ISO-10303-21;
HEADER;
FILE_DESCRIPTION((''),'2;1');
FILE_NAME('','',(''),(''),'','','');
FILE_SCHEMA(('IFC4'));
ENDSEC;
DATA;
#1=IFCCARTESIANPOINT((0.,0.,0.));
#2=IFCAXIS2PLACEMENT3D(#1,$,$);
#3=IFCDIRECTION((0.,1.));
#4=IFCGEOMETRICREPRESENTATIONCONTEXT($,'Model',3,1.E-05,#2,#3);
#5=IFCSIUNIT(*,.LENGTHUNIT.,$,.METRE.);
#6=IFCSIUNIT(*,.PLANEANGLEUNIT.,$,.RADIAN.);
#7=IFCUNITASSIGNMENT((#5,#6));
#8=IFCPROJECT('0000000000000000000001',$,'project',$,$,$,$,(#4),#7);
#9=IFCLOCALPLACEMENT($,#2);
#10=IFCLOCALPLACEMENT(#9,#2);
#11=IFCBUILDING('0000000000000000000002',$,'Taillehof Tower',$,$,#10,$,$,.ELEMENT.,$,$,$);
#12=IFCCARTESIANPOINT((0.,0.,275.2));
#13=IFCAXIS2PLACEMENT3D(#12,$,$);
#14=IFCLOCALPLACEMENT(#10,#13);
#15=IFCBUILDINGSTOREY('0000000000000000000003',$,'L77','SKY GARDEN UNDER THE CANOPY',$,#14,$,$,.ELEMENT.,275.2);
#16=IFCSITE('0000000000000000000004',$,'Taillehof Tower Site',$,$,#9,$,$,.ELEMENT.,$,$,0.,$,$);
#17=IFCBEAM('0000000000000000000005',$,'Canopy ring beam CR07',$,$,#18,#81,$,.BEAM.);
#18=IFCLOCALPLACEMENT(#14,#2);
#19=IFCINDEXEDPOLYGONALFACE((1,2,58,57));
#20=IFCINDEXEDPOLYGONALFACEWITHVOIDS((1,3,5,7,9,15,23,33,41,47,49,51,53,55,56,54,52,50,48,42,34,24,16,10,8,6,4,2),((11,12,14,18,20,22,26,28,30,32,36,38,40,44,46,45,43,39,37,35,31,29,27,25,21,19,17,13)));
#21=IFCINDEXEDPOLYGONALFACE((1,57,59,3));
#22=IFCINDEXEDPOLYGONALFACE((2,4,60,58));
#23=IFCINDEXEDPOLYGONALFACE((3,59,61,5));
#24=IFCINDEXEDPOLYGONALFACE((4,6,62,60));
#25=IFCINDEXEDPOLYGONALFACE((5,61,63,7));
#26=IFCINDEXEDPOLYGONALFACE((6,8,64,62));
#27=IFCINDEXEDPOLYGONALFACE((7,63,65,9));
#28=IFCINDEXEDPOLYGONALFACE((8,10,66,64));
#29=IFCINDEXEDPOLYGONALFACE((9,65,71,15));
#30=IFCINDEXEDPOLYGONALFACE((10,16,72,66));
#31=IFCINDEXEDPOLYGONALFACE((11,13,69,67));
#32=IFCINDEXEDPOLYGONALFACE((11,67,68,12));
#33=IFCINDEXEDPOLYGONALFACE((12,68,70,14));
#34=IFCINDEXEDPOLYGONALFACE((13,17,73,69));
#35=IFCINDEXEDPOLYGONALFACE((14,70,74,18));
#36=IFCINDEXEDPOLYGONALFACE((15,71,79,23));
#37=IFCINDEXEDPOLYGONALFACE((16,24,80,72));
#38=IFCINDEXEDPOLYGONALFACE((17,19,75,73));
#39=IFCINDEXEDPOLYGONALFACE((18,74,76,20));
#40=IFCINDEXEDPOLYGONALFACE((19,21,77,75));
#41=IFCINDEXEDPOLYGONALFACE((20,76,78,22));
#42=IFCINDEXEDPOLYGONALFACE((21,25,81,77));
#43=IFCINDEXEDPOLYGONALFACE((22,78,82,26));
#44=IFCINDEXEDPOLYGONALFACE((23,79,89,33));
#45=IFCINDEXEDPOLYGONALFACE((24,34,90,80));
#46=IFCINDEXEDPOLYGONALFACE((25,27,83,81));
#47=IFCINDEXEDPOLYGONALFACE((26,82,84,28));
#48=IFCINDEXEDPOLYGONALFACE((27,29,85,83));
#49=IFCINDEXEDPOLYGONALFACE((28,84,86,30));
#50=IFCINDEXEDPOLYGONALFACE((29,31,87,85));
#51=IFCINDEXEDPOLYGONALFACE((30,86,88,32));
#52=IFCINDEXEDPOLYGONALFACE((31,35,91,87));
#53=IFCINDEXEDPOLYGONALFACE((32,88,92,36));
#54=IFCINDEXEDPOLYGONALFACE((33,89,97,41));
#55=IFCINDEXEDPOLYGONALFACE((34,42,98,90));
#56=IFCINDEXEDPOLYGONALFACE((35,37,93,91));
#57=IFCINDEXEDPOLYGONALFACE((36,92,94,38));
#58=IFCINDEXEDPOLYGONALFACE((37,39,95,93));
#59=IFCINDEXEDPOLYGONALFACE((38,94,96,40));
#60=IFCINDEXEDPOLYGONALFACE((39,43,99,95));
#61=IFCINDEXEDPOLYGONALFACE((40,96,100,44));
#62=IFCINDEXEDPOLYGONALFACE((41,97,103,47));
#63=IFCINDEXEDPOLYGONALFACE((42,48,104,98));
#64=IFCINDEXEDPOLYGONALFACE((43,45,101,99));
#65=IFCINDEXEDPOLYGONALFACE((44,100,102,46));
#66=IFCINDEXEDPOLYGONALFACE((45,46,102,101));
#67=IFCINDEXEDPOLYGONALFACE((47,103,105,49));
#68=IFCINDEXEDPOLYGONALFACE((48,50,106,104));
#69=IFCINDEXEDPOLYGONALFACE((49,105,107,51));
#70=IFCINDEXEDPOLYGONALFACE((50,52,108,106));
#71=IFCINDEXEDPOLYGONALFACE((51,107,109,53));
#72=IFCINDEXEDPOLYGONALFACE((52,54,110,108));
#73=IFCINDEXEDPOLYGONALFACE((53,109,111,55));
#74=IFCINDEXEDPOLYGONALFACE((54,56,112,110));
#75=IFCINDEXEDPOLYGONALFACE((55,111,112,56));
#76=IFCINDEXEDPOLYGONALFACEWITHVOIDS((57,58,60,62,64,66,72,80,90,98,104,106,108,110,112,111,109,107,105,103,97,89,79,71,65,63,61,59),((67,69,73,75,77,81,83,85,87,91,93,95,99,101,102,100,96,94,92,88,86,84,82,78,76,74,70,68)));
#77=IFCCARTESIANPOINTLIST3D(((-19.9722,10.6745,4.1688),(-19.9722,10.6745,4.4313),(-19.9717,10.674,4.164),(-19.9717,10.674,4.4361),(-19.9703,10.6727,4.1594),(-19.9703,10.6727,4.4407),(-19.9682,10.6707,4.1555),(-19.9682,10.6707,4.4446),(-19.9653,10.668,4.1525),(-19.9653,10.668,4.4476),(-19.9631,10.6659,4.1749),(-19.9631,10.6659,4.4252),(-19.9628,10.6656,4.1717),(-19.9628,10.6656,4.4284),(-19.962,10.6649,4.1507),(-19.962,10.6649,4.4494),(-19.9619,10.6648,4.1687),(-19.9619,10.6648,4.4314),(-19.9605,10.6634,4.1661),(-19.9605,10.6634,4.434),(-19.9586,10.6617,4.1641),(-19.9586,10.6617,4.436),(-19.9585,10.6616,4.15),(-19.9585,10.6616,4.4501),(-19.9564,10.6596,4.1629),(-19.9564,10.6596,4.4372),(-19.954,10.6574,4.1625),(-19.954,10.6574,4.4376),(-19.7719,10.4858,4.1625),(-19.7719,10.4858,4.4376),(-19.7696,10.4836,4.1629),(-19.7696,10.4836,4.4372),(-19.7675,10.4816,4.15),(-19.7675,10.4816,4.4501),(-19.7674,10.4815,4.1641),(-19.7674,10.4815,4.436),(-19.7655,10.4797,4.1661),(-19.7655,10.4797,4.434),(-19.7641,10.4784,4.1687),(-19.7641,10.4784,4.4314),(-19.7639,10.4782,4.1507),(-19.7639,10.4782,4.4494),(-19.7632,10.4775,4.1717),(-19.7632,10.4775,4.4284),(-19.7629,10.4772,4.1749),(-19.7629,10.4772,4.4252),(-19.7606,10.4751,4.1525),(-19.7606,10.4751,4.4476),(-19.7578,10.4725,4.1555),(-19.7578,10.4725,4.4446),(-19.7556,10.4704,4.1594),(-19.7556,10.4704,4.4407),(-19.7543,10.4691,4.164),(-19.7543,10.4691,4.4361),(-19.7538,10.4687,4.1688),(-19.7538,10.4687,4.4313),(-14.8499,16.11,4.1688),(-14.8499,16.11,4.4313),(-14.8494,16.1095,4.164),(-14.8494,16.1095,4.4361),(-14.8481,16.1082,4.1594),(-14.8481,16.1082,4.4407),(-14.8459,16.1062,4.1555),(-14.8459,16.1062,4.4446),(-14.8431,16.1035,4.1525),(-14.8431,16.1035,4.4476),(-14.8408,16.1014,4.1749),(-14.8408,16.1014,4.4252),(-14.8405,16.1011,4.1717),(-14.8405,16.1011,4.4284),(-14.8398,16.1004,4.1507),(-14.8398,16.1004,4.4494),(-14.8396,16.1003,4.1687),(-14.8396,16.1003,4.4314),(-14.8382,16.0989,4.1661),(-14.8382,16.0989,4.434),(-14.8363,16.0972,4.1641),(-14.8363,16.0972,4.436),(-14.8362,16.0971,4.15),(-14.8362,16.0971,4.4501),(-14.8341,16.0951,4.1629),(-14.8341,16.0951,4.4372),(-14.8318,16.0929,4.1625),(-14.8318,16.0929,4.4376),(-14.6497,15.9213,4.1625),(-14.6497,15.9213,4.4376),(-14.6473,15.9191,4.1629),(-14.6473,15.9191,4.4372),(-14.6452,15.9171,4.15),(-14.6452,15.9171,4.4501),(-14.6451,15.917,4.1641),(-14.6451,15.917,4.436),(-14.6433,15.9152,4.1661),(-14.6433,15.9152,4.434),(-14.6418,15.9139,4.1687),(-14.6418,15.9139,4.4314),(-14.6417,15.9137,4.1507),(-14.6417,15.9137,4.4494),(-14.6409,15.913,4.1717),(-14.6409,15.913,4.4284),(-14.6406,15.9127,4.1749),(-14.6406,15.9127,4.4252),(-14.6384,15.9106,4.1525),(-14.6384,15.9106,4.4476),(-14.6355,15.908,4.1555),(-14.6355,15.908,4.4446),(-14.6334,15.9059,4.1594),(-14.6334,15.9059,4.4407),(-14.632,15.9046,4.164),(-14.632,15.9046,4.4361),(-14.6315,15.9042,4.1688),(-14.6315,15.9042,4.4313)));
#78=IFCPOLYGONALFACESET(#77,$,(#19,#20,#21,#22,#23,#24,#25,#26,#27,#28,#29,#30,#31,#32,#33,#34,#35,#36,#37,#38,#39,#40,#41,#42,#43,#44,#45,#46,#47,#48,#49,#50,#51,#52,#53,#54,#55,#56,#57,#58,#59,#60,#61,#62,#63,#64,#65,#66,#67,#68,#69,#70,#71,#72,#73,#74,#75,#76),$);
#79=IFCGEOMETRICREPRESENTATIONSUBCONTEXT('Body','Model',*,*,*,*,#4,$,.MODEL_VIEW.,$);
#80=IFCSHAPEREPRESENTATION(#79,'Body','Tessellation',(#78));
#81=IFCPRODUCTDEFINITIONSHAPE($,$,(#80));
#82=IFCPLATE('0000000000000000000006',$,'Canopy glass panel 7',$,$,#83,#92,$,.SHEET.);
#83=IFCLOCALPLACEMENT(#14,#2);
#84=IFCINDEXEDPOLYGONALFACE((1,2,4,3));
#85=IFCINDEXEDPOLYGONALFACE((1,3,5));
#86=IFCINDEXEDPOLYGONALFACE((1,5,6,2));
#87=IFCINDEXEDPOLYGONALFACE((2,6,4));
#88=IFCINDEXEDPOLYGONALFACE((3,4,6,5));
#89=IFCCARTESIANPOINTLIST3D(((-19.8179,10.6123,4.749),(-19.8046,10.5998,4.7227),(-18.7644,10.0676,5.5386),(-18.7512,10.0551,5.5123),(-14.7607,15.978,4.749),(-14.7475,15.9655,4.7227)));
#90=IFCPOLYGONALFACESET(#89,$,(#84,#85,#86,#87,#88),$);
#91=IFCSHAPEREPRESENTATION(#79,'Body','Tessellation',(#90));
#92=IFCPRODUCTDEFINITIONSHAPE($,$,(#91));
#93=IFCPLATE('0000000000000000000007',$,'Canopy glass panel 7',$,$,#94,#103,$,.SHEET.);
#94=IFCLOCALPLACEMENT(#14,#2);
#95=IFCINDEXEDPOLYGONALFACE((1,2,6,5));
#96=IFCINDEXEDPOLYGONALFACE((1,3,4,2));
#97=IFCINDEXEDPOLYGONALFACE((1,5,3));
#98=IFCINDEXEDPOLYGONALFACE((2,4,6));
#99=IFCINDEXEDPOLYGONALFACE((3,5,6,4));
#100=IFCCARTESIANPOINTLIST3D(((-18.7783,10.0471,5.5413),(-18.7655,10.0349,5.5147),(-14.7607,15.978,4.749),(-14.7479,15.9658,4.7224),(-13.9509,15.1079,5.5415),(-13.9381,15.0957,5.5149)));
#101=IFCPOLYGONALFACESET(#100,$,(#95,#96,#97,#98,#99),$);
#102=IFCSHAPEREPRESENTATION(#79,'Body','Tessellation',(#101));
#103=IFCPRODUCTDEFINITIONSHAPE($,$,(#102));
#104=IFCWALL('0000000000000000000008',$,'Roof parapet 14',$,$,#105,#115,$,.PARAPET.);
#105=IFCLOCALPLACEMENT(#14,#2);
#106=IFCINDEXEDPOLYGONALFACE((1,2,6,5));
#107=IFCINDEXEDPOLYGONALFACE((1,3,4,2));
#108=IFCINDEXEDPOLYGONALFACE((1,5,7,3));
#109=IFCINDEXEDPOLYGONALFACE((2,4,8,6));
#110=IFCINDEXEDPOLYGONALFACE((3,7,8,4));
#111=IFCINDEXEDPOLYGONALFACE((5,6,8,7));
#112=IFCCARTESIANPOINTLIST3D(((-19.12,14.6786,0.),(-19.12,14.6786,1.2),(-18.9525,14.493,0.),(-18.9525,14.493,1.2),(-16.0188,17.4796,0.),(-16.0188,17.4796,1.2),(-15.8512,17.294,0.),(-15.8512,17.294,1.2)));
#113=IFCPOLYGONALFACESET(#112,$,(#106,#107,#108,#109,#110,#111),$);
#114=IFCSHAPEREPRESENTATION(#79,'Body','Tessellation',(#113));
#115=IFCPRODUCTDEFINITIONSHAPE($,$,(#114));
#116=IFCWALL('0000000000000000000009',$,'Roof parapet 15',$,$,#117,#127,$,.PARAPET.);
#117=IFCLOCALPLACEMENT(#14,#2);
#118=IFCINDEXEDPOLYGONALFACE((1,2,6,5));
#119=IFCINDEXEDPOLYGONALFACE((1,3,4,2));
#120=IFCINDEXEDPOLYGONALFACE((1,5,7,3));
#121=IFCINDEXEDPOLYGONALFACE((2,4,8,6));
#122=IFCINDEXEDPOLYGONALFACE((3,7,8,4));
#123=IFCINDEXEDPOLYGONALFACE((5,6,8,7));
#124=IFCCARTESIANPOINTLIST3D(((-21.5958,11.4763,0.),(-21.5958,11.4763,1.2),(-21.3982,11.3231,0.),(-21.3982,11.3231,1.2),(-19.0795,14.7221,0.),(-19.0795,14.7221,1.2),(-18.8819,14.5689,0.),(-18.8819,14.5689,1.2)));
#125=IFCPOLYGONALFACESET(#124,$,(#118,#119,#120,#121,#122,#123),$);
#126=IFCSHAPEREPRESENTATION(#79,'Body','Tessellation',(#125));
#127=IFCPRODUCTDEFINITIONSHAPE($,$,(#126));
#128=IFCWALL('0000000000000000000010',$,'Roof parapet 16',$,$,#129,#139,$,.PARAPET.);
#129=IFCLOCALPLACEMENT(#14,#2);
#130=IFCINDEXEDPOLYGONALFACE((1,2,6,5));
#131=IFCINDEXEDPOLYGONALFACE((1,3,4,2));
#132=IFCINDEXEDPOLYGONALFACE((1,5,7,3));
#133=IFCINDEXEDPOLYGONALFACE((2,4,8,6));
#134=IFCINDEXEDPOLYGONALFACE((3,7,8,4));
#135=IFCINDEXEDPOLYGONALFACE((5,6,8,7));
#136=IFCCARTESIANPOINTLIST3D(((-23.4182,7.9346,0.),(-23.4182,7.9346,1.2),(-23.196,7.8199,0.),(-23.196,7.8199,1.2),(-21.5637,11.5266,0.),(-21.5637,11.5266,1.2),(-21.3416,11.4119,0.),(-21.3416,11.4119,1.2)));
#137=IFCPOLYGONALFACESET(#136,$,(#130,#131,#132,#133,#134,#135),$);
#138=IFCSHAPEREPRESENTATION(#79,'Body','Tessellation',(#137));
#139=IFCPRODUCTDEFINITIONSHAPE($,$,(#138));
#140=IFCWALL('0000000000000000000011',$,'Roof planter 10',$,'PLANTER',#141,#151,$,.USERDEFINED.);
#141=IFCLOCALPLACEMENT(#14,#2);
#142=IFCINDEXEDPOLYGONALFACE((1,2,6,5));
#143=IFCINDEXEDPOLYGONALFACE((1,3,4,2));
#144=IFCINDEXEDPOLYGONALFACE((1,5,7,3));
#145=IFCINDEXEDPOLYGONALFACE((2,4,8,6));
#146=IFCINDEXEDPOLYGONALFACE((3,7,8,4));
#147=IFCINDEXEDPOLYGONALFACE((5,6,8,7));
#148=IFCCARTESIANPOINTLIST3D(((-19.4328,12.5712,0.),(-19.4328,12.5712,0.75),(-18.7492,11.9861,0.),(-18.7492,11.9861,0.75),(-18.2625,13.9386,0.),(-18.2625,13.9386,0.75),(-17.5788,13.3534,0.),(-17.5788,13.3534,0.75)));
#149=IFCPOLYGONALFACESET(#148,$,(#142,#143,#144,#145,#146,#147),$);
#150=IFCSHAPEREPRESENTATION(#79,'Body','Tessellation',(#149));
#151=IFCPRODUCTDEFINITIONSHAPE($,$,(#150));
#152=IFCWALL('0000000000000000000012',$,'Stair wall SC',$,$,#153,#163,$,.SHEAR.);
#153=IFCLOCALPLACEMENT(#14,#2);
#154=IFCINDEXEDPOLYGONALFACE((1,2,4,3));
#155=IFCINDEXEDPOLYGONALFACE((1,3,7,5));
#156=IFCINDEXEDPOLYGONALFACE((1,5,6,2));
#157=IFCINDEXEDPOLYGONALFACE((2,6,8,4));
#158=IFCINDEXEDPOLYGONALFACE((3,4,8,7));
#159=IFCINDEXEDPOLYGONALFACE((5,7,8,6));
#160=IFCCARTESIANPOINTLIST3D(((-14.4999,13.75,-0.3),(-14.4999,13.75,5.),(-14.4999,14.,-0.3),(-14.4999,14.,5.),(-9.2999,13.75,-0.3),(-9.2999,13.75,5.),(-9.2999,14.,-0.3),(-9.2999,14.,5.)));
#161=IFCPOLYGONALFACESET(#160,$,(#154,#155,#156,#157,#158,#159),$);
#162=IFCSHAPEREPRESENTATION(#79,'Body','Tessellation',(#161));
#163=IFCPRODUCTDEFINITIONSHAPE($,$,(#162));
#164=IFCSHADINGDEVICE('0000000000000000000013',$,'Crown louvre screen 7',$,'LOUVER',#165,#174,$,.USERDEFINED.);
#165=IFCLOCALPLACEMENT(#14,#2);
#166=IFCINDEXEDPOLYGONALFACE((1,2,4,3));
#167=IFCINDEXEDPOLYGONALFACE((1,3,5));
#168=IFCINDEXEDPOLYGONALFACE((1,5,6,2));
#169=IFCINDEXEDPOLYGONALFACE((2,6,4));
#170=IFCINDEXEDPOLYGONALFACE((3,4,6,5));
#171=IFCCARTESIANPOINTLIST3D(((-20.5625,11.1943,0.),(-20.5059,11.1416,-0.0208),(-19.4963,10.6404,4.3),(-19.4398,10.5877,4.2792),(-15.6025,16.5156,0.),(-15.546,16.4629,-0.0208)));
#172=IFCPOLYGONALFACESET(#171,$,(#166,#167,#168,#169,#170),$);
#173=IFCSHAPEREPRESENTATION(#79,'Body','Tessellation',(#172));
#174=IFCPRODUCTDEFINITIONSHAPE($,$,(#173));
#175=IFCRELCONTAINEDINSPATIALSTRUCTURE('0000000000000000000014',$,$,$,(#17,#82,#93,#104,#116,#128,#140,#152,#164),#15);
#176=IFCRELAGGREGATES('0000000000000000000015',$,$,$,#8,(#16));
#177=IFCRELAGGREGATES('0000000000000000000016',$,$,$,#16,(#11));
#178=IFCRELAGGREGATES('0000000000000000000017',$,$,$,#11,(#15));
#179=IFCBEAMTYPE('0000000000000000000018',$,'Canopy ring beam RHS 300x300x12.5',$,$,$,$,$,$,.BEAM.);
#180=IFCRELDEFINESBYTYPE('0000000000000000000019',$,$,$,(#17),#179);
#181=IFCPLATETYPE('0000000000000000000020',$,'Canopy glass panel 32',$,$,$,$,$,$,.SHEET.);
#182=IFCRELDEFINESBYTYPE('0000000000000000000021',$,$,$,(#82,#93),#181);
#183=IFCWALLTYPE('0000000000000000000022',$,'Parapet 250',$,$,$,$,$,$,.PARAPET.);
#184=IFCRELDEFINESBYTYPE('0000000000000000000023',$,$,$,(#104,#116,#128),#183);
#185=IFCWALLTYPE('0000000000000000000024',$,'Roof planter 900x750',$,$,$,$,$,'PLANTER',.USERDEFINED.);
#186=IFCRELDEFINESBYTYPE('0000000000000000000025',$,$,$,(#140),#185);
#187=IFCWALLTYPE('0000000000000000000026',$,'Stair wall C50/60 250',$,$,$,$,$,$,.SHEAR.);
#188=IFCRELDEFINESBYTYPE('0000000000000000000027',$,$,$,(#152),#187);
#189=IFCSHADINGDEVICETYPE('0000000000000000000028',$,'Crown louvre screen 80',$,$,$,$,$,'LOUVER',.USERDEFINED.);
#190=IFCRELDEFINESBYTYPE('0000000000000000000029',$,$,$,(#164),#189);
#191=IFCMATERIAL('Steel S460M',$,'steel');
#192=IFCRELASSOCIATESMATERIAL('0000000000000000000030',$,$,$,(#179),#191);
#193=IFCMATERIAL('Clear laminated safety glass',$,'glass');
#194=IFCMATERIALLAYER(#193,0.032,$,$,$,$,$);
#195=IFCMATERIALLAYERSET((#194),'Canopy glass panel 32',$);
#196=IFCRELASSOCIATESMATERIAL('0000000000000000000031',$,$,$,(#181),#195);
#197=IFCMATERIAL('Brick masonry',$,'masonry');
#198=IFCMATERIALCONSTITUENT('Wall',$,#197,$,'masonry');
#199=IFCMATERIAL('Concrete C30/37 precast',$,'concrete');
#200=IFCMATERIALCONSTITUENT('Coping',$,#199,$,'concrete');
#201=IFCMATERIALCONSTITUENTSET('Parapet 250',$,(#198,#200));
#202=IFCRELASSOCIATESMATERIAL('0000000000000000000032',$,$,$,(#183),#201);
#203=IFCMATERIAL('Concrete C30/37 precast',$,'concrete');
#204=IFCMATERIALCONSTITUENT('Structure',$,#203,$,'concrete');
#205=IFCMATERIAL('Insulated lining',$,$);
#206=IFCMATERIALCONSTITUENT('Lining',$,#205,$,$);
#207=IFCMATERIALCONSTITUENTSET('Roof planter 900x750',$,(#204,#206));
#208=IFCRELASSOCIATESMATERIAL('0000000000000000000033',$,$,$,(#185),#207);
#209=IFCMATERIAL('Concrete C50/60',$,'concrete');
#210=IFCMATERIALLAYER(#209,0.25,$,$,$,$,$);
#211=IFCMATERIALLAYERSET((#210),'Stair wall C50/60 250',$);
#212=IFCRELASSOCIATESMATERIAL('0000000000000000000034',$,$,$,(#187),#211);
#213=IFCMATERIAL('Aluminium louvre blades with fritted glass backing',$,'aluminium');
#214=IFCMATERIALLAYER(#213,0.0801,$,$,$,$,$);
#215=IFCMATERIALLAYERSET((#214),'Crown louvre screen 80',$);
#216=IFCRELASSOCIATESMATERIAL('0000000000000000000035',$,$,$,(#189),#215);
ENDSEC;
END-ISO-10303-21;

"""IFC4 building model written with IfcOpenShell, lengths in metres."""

from ifc_helpers import new_model, si_unit, direction, frame, frame_2d, origin, origin_2d, place, context, subcontext, project, spatial, polyline, rectangle, hollow_rectangle, outline, extrude, material, layer, layer_set, constituent, constituent_set, material_profile, profile_set, type_object, element, save


model = new_model("IFC4")

# Units and contexts
model_context = context("Model", 3, precision=1e-05, world=origin(), true_north=direction((0.0, 1.0)))
body_context = subcontext(model_context, "Body", "Model", "MODEL_VIEW")
ifc_project = project(units=[si_unit("LENGTHUNIT", "METRE"), si_unit("PLANEANGLEUNIT", "RADIAN")], contexts=[model_context])

# Site, building, storey
site_placement = place(None, origin())
site = spatial("IfcSite", under=ifc_project, at=site_placement, Name="Taillehof Tower Site", CompositionType="ELEMENT", RefElevation=0.0)
building_placement = place(site_placement, origin())
building = spatial("IfcBuilding", under=site, at=building_placement, Name="Taillehof Tower", CompositionType="ELEMENT")
storey_placement = place(building_placement, frame((0.0, 0.0, 275.2)))
storey = spatial("IfcBuildingStorey", under=building, at=storey_placement, Name="L77", Description="SKY GARDEN UNDER THE CANOPY", CompositionType="ELEMENT", Elevation=275.2)

# Beam
ifc_material_1 = material(Name="Steel S460M", Category="steel")
ifc_material_profile_1 = material_profile(ifc_material_1, hollow_rectangle(XDim=0.3, YDim=0.3, WallThickness=0.0125, InnerFilletRadius=0.0125, OuterFilletRadius=0.0188, at=origin_2d()), Name="RHS 300x300x12.5")
ifc_profile_set_1 = profile_set([ifc_material_profile_1], Name="Steel S460M")
beam_type_1 = type_object("IfcBeamType", Name="Canopy ring beam RHS 300x300x12.5", PredefinedType="BEAM", material=ifc_profile_set_1)
beam_1_placement = place(storey_placement, frame((-14.7407, 16.0071, 4.3), z_axis=(-0.685826, -0.727765, 0.0), x_axis=(0.727765, -0.685826, 0.0)))
element("IfcBeam", 1, at=beam_1_placement, inside=storey, type_object=beam_type_1, Name="Canopy ring beam CR07", PredefinedType="BEAM", context=body_context, shape_type="SweptSolid", body=[
    extrude(hollow_rectangle(XDim=0.3, YDim=0.3, WallThickness=0.0125, InnerFilletRadius=0.0125, OuterFilletRadius=0.0188, at=origin_2d()), origin(), (0.0, 0.0, 1.0), 7.4688),
])

# Plates
ifc_material_2 = material(Name="Clear laminated safety glass", Category="glass")
ifc_layer_1 = layer(ifc_material_2, 0.032)
ifc_layer_set_1 = layer_set([ifc_layer_1], Name="Canopy glass panel 32")
plate_type = type_object("IfcPlateType", Name="Canopy glass panel 32", PredefinedType="SHEET", material=ifc_layer_set_1)
plate_1_placement = place(storey_placement, frame((-14.7607, 15.978, 4.749), z_axis=(-0.414289, 0.390463, 0.822133), x_axis=(-0.685871, -0.727723, 0.0)))
element("IfcPlate", 2, at=plate_1_placement, inside=storey, type_object=plate_type, Name="Canopy glass panel 7", PredefinedType="SHEET", context=body_context, shape_type="SweptSolid", body=[
    extrude(outline(polyline([(0.0, 0.0), (7.3733, 0.0), (7.0471, 1.3869), (0.0, 0.0)])), origin(), (0.0, 0.0, -1.0), 0.032),
])
plate_2_placement = place(storey_placement, frame((-14.7607, 15.978, 4.749), z_axis=(-0.401907, 0.383331, 0.831582), x_axis=(-0.557437, -0.82291, 0.109922)))
element("IfcPlate", 3, at=plate_2_placement, inside=storey, type_object=plate_type, Name="Canopy glass panel 7", PredefinedType="SHEET", context=body_context, shape_type="SweptSolid", body=[
    extrude(outline(polyline([(0.0, 0.0), (7.2072, 0.0), (0.3517, 1.3846), (0.0, 0.0)])), origin(), (0.0, 0.0, -1.0), 0.032),
])

# Walls
ifc_material_3 = material(Name="Brick masonry", Category="masonry")
ifc_constituent_1 = constituent(ifc_material_3, Name="Wall", Category="masonry")
ifc_material_4 = material(Name="Concrete C30/37 precast", Category="concrete")
ifc_constituent_2 = constituent(ifc_material_4, Name="Coping", Category="concrete")
ifc_constituent_set_1 = constituent_set(constituents=[ifc_constituent_1, ifc_constituent_2], Name="Parapet 250")
wall_type_1 = type_object("IfcWallType", Name="Parapet 250", PredefinedType="PARAPET", material=ifc_constituent_set_1)
wall_1_placement = place(storey_placement, frame((-15.9351, 17.3867, 0.0), z_axis=(0.0, 0.0, 1.0), x_axis=(-0.742122, -0.670264, 0.0)))
element("IfcWall", 4, at=wall_1_placement, inside=storey, type_object=wall_type_1, Name="Roof parapet 14", PredefinedType="PARAPET", context=body_context, shape_type="SweptSolid", body=[
    extrude(rectangle(XDim=4.179, YDim=0.25, at=frame_2d((2.0894, 0.0))), origin(), (0.0, 0.0, 1.0), 1.2),
])
wall_2_placement = place(storey_placement, frame((-18.9807, 14.6455, 0.0), z_axis=(0.0, 0.0, 1.0), x_axis=(-0.612697, -0.790318, 0.0)))
element("IfcWall", 5, at=wall_2_placement, inside=storey, type_object=wall_type_1, Name="Roof parapet 15", PredefinedType="PARAPET", context=body_context, shape_type="SweptSolid", body=[
    extrude(rectangle(XDim=4.1069, YDim=0.25, at=frame_2d((2.0535, 0.0))), origin(), (0.0, 0.0, 1.0), 1.2),
])
wall_3_placement = place(storey_placement, frame((-21.4526, 11.4692, 0.0), z_axis=(0.0, 0.0, 1.0), x_axis=(-0.458748, -0.888567, 0.0)))
element("IfcWall", 6, at=wall_3_placement, inside=storey, type_object=wall_type_1, Name="Roof parapet 16", PredefinedType="PARAPET", context=body_context, shape_type="SweptSolid", body=[
    extrude(rectangle(XDim=4.0425, YDim=0.25, at=frame_2d((2.0212, 0.0))), origin(), (0.0, 0.0, 1.0), 1.2),
])
ifc_material_5 = material(Name="Concrete C30/37 precast", Category="concrete")
ifc_constituent_3 = constituent(ifc_material_5, Name="Structure", Category="concrete")
ifc_material_6 = material(Name="Insulated lining")
ifc_constituent_4 = constituent(ifc_material_6, Name="Lining")
ifc_constituent_set_2 = constituent_set(constituents=[ifc_constituent_3, ifc_constituent_4], Name="Roof planter 900x750")
wall_type_2 = type_object("IfcWallType", Name="Roof planter 900x750", ElementType="PLANTER", PredefinedType="USERDEFINED", material=ifc_constituent_set_2)
wall_4_placement = place(storey_placement, frame((-17.9207, 13.646, 0.0), z_axis=(0.0, 0.0, 1.0), x_axis=(-0.650255, -0.759716, 0.0)))
element("IfcWall", 7, at=wall_4_placement, inside=storey, type_object=wall_type_2, Name="Roof planter 10", ObjectType="PLANTER", PredefinedType="USERDEFINED", context=body_context, shape_type="SweptSolid", body=[
    extrude(rectangle(XDim=1.7998, YDim=0.8999, at=frame_2d((0.8999, 0.0))), origin(), (0.0, 0.0, 1.0), 0.75),
])
ifc_material_7 = material(Name="Concrete C50/60", Category="concrete")
ifc_layer_2 = layer(ifc_material_7, 0.25)
ifc_layer_set_2 = layer_set([ifc_layer_2], Name="Stair wall C50/60 250")
wall_type_3 = type_object("IfcWallType", Name="Stair wall C50/60 250", PredefinedType="SHEAR", material=ifc_layer_set_2)
wall_5_placement = place(storey_placement, frame((-14.5, 13.875, -0.3), z_axis=(0.0, 0.0, 1.0), x_axis=(1.0, 0.0, 0.0)))
element("IfcWall", 8, at=wall_5_placement, inside=storey, type_object=wall_type_3, Name="Stair wall SC", PredefinedType="SHEAR", context=body_context, shape_type="SweptSolid", body=[
    extrude(rectangle(XDim=5.2, YDim=0.25, at=frame_2d((2.6001, 0.0))), origin(), (0.0, 0.0, 1.0), 5.3),
])

# Shading device
ifc_material_8 = material(Name="Aluminium louvre blades with fritted glass backing", Category="aluminium")
ifc_layer_3 = layer(ifc_material_8, 0.0801)
ifc_layer_set_3 = layer_set([ifc_layer_3], Name="Crown louvre screen 80")
shading_device_type = type_object("IfcShadingDeviceType", Name="Crown louvre screen 80", ElementType="LOUVER", PredefinedType="USERDEFINED", material=ifc_layer_set_3)
shading_device_1_placement = place(storey_placement, frame((-15.6025, 16.5156, 0.0), z_axis=(-0.706358, 0.658394, 0.259953), x_axis=(-0.681835, -0.731506, 0.0)))
element("IfcShadingDevice", 9, at=shading_device_1_placement, inside=storey, type_object=shading_device_type, Name="Crown louvre screen 7", ObjectType="LOUVER", PredefinedType="USERDEFINED", context=body_context, shape_type="SweptSolid", body=[
    extrude(outline(polyline([(0.0, 0.0), (7.2744, 0.0), (6.9527, 4.4531), (0.0, 0.0)])), origin(), (0.0, 0.0, -1.0), 0.0801),
])

save(model, "model.ifc")
